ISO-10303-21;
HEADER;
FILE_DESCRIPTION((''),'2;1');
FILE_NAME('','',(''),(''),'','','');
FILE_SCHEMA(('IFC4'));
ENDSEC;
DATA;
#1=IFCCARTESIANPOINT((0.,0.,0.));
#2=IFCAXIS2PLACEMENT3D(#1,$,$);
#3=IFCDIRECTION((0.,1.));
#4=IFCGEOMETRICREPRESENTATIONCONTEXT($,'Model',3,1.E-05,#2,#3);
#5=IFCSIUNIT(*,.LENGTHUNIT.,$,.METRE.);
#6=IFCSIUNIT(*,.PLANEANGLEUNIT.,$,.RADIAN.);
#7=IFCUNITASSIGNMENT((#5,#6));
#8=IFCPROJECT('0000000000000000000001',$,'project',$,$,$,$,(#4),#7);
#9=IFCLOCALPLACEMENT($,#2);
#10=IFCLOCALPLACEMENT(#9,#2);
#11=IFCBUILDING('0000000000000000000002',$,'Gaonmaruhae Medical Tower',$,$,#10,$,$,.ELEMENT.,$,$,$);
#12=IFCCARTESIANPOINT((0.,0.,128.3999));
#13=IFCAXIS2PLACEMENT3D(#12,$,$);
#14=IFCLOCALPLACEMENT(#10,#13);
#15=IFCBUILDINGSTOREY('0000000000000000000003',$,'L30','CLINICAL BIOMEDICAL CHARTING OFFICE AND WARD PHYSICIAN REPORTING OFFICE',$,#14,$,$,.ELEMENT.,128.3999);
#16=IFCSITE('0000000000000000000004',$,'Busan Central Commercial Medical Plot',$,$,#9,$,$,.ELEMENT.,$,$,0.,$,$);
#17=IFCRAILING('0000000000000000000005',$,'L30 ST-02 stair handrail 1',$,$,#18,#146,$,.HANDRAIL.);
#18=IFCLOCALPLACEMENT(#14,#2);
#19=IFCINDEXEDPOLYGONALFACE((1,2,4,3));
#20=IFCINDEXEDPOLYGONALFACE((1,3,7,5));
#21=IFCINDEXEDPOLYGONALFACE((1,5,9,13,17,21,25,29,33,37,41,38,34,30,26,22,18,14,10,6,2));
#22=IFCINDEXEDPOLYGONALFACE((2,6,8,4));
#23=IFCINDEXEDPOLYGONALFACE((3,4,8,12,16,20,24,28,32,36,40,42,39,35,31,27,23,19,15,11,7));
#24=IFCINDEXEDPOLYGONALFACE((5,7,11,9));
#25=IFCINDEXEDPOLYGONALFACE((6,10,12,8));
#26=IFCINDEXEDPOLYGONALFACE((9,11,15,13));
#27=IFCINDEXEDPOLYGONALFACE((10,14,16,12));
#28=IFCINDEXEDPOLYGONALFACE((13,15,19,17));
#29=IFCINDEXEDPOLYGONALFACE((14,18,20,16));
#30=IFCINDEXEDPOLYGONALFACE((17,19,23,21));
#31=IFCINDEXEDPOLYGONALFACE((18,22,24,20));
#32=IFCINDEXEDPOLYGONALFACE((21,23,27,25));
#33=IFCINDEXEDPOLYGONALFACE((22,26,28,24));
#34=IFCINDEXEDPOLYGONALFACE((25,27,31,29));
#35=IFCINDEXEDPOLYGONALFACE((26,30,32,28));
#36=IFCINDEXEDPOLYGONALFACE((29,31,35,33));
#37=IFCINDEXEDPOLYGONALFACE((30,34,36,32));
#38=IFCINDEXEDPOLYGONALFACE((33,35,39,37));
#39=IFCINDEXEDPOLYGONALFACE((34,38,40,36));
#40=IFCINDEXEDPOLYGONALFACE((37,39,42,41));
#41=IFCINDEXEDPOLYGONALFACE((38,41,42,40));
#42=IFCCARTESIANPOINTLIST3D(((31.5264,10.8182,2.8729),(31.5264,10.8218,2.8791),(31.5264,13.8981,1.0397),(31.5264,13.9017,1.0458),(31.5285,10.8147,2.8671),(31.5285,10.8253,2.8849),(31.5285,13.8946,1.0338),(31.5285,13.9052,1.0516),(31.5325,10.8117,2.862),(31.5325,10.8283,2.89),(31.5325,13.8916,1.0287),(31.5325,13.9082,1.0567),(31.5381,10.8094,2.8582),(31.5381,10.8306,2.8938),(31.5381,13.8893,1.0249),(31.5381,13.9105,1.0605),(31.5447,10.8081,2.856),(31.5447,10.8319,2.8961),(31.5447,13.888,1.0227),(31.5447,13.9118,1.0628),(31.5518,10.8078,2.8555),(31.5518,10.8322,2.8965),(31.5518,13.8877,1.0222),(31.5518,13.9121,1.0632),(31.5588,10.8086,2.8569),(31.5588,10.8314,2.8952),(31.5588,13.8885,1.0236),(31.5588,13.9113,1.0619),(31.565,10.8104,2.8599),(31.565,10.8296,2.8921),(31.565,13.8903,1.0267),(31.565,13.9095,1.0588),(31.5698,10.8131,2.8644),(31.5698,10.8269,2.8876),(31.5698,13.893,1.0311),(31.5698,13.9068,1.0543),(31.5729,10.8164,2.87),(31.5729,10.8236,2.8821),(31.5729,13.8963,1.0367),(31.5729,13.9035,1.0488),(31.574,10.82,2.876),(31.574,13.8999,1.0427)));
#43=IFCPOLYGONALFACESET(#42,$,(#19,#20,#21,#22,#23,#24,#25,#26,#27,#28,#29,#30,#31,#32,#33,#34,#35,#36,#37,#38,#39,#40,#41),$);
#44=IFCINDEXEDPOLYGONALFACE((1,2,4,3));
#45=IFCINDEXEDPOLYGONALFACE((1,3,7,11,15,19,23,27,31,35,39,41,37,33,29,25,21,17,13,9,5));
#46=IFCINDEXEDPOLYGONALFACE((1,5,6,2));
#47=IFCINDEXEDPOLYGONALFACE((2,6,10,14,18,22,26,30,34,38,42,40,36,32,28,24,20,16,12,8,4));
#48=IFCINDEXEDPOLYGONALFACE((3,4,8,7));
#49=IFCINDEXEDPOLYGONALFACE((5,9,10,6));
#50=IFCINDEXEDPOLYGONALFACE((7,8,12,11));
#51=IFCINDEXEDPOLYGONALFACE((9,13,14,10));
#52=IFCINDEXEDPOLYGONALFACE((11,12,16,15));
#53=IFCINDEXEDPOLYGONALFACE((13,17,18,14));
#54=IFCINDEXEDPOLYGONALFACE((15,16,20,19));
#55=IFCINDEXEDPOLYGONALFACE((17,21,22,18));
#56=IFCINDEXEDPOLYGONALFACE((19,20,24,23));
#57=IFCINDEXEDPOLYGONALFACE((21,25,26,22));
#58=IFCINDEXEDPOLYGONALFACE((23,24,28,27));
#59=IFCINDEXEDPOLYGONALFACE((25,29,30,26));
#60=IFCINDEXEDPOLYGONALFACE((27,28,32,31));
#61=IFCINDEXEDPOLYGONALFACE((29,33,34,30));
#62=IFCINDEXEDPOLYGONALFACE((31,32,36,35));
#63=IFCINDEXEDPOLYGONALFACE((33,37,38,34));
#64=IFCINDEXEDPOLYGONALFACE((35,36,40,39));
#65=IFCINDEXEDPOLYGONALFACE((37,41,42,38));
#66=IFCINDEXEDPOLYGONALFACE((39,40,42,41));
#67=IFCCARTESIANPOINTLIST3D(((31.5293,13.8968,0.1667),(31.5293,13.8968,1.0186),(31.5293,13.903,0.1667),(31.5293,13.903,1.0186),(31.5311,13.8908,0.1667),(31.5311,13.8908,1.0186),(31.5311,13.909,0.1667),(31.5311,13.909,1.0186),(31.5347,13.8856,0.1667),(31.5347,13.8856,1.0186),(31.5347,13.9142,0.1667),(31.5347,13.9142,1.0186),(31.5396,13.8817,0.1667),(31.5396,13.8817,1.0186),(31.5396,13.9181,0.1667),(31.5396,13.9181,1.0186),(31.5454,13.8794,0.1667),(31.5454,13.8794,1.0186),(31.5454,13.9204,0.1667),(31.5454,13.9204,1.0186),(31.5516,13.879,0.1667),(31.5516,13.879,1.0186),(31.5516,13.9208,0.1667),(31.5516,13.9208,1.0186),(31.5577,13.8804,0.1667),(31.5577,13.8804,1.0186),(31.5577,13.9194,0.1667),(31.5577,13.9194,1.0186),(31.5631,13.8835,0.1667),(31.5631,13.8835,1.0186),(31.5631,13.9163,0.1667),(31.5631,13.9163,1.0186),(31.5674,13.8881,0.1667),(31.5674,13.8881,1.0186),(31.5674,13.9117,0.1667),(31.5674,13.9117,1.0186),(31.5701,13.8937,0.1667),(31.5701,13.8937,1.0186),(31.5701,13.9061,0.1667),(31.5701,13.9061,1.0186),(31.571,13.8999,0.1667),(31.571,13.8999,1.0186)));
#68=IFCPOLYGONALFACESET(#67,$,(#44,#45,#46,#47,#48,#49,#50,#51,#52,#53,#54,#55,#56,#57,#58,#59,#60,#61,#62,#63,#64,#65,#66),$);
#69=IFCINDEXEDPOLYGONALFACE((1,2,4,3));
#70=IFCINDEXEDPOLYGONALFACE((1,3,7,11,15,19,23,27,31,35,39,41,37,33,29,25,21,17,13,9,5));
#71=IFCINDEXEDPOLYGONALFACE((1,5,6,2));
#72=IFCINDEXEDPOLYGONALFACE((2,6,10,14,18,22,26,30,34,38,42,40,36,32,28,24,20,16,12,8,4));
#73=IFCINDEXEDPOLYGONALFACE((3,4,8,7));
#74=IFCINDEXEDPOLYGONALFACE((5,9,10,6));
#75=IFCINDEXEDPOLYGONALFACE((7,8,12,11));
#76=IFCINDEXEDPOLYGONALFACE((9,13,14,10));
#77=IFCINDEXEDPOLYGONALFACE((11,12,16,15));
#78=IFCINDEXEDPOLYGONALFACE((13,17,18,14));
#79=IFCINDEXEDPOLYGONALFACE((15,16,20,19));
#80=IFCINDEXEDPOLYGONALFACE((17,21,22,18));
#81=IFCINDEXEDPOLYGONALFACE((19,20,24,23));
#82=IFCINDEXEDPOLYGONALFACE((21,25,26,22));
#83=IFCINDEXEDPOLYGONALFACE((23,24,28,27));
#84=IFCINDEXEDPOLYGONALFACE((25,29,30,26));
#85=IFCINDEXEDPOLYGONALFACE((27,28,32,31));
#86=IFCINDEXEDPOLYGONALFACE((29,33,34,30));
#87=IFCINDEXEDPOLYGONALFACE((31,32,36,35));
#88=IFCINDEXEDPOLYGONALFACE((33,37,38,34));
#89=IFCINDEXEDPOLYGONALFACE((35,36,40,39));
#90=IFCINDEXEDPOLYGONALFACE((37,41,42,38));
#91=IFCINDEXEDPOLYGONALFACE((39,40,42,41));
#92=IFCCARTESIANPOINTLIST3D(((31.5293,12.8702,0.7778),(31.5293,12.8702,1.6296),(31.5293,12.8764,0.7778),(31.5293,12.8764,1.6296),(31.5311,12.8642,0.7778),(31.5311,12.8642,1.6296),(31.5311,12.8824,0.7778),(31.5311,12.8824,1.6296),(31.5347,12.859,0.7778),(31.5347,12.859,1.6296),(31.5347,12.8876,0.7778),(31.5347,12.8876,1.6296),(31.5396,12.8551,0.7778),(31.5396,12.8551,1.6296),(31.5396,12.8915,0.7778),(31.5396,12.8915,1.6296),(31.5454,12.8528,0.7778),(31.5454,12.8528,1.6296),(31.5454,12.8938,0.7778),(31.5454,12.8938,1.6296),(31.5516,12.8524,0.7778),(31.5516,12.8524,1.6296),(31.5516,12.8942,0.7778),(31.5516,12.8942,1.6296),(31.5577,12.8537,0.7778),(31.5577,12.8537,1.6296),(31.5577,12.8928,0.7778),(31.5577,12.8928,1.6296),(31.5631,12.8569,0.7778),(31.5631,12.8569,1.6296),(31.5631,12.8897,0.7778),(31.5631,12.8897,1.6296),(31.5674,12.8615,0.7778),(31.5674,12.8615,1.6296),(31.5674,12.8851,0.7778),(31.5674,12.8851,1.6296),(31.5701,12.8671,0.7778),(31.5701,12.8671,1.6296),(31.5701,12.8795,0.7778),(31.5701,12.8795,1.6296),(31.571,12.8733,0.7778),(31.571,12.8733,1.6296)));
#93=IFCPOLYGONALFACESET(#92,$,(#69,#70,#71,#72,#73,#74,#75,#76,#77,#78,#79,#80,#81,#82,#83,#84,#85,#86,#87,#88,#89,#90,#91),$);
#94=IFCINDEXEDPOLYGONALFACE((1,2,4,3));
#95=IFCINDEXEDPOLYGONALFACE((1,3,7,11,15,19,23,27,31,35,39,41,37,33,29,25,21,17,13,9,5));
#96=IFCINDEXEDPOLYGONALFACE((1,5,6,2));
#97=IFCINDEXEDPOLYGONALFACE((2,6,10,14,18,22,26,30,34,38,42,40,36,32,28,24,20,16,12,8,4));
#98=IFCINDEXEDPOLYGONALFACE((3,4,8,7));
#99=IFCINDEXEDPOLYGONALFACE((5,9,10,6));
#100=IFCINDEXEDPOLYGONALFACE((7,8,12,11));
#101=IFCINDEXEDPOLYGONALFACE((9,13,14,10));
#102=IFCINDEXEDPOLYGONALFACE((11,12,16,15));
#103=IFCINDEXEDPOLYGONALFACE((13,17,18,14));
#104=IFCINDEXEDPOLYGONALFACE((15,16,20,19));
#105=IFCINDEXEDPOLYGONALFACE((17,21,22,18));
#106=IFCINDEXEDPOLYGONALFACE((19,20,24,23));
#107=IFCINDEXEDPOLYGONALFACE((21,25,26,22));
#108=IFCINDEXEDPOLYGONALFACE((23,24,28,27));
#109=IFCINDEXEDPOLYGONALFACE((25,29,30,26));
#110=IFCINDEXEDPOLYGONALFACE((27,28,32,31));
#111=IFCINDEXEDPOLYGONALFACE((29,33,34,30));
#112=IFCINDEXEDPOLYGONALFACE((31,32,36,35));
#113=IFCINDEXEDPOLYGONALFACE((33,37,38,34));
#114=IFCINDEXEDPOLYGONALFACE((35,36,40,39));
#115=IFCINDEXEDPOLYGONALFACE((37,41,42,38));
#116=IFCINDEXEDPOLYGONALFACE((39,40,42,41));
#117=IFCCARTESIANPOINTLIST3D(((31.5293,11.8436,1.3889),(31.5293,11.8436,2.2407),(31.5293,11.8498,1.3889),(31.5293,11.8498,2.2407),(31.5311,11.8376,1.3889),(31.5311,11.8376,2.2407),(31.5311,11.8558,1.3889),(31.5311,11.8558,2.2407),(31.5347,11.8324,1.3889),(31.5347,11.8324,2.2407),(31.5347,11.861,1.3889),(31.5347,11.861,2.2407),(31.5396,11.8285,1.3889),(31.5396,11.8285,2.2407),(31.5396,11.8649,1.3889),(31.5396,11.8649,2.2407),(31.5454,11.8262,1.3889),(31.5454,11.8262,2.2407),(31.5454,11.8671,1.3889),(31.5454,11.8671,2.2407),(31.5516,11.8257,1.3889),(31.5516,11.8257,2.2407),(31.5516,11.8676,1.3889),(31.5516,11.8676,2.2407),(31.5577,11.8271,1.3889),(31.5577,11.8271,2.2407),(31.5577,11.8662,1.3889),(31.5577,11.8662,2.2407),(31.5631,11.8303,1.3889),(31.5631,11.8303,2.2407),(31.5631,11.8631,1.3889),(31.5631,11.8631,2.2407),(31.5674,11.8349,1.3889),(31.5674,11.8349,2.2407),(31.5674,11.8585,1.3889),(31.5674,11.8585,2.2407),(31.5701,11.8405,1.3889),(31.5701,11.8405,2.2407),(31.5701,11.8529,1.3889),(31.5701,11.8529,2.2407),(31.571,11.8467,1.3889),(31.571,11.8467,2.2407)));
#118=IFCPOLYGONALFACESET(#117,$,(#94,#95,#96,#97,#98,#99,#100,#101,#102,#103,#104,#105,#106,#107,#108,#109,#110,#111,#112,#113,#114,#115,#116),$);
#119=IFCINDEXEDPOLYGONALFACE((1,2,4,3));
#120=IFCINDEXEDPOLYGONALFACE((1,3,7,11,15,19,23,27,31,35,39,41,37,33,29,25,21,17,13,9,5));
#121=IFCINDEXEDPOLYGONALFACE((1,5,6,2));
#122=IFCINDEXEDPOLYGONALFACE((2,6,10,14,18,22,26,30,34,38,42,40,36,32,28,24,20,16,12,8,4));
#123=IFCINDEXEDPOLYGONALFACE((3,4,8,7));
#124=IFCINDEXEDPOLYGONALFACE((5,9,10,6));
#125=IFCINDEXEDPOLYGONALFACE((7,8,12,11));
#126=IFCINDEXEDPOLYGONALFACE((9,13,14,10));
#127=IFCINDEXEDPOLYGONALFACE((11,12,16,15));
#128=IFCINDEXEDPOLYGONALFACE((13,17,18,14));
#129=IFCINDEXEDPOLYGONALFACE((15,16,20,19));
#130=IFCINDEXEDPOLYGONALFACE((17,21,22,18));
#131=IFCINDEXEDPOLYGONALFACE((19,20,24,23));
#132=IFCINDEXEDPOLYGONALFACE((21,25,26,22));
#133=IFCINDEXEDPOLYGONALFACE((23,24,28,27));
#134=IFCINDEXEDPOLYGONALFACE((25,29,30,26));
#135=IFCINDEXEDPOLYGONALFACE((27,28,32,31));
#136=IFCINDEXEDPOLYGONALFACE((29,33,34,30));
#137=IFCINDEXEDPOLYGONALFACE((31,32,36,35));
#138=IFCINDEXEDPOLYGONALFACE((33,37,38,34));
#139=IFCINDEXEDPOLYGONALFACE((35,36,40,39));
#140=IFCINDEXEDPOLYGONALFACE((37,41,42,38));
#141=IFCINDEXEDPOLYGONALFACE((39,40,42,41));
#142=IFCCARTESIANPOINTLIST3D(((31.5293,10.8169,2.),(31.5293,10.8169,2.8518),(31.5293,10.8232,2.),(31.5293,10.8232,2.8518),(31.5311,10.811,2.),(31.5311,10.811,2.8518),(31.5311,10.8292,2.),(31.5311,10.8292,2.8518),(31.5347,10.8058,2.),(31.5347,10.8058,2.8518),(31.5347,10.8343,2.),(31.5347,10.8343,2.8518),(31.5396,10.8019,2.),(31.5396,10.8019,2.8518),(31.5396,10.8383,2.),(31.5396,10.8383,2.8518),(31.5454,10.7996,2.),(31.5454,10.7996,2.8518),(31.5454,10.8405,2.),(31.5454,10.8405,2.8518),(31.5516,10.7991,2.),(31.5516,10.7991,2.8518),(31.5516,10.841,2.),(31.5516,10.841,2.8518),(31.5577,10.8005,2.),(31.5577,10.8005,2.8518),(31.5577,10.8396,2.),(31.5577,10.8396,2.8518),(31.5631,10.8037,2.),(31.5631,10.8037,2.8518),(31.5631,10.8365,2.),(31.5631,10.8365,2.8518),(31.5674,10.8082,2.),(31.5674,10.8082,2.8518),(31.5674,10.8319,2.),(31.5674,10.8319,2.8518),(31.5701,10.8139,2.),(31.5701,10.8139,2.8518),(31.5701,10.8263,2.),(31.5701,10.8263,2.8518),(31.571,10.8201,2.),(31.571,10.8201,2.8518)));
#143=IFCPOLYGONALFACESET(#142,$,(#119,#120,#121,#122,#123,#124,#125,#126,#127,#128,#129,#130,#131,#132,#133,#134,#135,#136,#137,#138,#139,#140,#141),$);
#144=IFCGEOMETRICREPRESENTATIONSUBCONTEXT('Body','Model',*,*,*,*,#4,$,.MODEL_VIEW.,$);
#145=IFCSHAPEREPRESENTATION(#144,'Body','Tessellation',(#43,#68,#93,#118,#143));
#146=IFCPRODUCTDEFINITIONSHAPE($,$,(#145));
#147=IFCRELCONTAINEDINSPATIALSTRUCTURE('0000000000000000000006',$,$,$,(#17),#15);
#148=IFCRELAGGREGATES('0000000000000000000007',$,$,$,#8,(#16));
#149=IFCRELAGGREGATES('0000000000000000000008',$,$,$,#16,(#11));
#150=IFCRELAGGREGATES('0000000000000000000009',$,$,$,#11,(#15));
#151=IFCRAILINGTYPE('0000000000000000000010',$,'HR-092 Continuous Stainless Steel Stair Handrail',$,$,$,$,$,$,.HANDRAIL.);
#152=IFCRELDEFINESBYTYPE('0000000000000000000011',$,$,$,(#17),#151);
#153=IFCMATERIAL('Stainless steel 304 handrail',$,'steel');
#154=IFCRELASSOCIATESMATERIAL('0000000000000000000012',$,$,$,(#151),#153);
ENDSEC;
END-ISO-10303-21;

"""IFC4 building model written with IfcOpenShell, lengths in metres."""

from ifc_helpers import new_model, si_unit, direction, frame, origin, origin_2d, place, context, subcontext, project, spatial, circle, extrude, material, type_object, element, save


model = new_model("IFC4")

# Units and contexts
model_context = context("Model", 3, precision=1e-05, world=origin(), true_north=direction((0.0, 1.0)))
body_context = subcontext(model_context, "Body", "Model", "MODEL_VIEW")
ifc_project = project(units=[si_unit("LENGTHUNIT", "METRE"), si_unit("PLANEANGLEUNIT", "RADIAN")], contexts=[model_context])

# Site, building, storey
site_placement = place(None, origin())
site = spatial("IfcSite", under=ifc_project, at=site_placement, Name="Busan Central Commercial Medical Plot", CompositionType="ELEMENT", RefElevation=0.0)
building_placement = place(site_placement, origin())
building = spatial("IfcBuilding", under=site, at=building_placement, Name="Gaonmaruhae Medical Tower", CompositionType="ELEMENT")
storey_placement = place(building_placement, frame((0.0, 0.0, 128.3999)))
storey = spatial("IfcBuildingStorey", under=building, at=storey_placement, Name="L30", Description="CLINICAL BIOMEDICAL CHARTING OFFICE AND WARD PHYSICIAN REPORTING OFFICE", CompositionType="ELEMENT", Elevation=128.3999)

# Railing
ifc_material_1 = material(Name="Stainless steel 304 handrail", Category="steel")
railing_type_1 = type_object("IfcRailingType", Name="HR-092 Continuous Stainless Steel Stair Handrail", PredefinedType="HANDRAIL", material=ifc_material_1)
railing_1_placement = place(storey_placement, frame((31.55, 13.8999, 0.1667)))
element("IfcRailing", 1, at=railing_1_placement, inside=storey, type_object=railing_type_1, Name="L30 ST-02 stair handrail 1", PredefinedType="HANDRAIL", context=body_context, shape_type="SweptSolid", body=[
    extrude(circle(Radius=0.0239, at=origin_2d()), frame((0.0, 0.0, 0.876), z_axis=(0.0, -0.859291, 0.511487), x_axis=(1.0, 0.0, 0.0)), (0.0, 0.0, 1.0), 3.5842),
    extrude(circle(Radius=0.021, at=origin_2d()), origin(), (0.0, 0.0, 1.0), 0.8518),
    extrude(circle(Radius=0.021, at=origin_2d()), frame((0.0, -1.0266, 0.6111)), (0.0, 0.0, 1.0), 0.8518),
    extrude(circle(Radius=0.021, at=origin_2d()), frame((0.0, -2.0532, 1.2222)), (0.0, 0.0, 1.0), 0.8518),
    extrude(circle(Radius=0.021, at=origin_2d()), frame((0.0, -3.0798, 1.8333)), (0.0, 0.0, 1.0), 0.8518),
])

save(model, "model.ifc")
